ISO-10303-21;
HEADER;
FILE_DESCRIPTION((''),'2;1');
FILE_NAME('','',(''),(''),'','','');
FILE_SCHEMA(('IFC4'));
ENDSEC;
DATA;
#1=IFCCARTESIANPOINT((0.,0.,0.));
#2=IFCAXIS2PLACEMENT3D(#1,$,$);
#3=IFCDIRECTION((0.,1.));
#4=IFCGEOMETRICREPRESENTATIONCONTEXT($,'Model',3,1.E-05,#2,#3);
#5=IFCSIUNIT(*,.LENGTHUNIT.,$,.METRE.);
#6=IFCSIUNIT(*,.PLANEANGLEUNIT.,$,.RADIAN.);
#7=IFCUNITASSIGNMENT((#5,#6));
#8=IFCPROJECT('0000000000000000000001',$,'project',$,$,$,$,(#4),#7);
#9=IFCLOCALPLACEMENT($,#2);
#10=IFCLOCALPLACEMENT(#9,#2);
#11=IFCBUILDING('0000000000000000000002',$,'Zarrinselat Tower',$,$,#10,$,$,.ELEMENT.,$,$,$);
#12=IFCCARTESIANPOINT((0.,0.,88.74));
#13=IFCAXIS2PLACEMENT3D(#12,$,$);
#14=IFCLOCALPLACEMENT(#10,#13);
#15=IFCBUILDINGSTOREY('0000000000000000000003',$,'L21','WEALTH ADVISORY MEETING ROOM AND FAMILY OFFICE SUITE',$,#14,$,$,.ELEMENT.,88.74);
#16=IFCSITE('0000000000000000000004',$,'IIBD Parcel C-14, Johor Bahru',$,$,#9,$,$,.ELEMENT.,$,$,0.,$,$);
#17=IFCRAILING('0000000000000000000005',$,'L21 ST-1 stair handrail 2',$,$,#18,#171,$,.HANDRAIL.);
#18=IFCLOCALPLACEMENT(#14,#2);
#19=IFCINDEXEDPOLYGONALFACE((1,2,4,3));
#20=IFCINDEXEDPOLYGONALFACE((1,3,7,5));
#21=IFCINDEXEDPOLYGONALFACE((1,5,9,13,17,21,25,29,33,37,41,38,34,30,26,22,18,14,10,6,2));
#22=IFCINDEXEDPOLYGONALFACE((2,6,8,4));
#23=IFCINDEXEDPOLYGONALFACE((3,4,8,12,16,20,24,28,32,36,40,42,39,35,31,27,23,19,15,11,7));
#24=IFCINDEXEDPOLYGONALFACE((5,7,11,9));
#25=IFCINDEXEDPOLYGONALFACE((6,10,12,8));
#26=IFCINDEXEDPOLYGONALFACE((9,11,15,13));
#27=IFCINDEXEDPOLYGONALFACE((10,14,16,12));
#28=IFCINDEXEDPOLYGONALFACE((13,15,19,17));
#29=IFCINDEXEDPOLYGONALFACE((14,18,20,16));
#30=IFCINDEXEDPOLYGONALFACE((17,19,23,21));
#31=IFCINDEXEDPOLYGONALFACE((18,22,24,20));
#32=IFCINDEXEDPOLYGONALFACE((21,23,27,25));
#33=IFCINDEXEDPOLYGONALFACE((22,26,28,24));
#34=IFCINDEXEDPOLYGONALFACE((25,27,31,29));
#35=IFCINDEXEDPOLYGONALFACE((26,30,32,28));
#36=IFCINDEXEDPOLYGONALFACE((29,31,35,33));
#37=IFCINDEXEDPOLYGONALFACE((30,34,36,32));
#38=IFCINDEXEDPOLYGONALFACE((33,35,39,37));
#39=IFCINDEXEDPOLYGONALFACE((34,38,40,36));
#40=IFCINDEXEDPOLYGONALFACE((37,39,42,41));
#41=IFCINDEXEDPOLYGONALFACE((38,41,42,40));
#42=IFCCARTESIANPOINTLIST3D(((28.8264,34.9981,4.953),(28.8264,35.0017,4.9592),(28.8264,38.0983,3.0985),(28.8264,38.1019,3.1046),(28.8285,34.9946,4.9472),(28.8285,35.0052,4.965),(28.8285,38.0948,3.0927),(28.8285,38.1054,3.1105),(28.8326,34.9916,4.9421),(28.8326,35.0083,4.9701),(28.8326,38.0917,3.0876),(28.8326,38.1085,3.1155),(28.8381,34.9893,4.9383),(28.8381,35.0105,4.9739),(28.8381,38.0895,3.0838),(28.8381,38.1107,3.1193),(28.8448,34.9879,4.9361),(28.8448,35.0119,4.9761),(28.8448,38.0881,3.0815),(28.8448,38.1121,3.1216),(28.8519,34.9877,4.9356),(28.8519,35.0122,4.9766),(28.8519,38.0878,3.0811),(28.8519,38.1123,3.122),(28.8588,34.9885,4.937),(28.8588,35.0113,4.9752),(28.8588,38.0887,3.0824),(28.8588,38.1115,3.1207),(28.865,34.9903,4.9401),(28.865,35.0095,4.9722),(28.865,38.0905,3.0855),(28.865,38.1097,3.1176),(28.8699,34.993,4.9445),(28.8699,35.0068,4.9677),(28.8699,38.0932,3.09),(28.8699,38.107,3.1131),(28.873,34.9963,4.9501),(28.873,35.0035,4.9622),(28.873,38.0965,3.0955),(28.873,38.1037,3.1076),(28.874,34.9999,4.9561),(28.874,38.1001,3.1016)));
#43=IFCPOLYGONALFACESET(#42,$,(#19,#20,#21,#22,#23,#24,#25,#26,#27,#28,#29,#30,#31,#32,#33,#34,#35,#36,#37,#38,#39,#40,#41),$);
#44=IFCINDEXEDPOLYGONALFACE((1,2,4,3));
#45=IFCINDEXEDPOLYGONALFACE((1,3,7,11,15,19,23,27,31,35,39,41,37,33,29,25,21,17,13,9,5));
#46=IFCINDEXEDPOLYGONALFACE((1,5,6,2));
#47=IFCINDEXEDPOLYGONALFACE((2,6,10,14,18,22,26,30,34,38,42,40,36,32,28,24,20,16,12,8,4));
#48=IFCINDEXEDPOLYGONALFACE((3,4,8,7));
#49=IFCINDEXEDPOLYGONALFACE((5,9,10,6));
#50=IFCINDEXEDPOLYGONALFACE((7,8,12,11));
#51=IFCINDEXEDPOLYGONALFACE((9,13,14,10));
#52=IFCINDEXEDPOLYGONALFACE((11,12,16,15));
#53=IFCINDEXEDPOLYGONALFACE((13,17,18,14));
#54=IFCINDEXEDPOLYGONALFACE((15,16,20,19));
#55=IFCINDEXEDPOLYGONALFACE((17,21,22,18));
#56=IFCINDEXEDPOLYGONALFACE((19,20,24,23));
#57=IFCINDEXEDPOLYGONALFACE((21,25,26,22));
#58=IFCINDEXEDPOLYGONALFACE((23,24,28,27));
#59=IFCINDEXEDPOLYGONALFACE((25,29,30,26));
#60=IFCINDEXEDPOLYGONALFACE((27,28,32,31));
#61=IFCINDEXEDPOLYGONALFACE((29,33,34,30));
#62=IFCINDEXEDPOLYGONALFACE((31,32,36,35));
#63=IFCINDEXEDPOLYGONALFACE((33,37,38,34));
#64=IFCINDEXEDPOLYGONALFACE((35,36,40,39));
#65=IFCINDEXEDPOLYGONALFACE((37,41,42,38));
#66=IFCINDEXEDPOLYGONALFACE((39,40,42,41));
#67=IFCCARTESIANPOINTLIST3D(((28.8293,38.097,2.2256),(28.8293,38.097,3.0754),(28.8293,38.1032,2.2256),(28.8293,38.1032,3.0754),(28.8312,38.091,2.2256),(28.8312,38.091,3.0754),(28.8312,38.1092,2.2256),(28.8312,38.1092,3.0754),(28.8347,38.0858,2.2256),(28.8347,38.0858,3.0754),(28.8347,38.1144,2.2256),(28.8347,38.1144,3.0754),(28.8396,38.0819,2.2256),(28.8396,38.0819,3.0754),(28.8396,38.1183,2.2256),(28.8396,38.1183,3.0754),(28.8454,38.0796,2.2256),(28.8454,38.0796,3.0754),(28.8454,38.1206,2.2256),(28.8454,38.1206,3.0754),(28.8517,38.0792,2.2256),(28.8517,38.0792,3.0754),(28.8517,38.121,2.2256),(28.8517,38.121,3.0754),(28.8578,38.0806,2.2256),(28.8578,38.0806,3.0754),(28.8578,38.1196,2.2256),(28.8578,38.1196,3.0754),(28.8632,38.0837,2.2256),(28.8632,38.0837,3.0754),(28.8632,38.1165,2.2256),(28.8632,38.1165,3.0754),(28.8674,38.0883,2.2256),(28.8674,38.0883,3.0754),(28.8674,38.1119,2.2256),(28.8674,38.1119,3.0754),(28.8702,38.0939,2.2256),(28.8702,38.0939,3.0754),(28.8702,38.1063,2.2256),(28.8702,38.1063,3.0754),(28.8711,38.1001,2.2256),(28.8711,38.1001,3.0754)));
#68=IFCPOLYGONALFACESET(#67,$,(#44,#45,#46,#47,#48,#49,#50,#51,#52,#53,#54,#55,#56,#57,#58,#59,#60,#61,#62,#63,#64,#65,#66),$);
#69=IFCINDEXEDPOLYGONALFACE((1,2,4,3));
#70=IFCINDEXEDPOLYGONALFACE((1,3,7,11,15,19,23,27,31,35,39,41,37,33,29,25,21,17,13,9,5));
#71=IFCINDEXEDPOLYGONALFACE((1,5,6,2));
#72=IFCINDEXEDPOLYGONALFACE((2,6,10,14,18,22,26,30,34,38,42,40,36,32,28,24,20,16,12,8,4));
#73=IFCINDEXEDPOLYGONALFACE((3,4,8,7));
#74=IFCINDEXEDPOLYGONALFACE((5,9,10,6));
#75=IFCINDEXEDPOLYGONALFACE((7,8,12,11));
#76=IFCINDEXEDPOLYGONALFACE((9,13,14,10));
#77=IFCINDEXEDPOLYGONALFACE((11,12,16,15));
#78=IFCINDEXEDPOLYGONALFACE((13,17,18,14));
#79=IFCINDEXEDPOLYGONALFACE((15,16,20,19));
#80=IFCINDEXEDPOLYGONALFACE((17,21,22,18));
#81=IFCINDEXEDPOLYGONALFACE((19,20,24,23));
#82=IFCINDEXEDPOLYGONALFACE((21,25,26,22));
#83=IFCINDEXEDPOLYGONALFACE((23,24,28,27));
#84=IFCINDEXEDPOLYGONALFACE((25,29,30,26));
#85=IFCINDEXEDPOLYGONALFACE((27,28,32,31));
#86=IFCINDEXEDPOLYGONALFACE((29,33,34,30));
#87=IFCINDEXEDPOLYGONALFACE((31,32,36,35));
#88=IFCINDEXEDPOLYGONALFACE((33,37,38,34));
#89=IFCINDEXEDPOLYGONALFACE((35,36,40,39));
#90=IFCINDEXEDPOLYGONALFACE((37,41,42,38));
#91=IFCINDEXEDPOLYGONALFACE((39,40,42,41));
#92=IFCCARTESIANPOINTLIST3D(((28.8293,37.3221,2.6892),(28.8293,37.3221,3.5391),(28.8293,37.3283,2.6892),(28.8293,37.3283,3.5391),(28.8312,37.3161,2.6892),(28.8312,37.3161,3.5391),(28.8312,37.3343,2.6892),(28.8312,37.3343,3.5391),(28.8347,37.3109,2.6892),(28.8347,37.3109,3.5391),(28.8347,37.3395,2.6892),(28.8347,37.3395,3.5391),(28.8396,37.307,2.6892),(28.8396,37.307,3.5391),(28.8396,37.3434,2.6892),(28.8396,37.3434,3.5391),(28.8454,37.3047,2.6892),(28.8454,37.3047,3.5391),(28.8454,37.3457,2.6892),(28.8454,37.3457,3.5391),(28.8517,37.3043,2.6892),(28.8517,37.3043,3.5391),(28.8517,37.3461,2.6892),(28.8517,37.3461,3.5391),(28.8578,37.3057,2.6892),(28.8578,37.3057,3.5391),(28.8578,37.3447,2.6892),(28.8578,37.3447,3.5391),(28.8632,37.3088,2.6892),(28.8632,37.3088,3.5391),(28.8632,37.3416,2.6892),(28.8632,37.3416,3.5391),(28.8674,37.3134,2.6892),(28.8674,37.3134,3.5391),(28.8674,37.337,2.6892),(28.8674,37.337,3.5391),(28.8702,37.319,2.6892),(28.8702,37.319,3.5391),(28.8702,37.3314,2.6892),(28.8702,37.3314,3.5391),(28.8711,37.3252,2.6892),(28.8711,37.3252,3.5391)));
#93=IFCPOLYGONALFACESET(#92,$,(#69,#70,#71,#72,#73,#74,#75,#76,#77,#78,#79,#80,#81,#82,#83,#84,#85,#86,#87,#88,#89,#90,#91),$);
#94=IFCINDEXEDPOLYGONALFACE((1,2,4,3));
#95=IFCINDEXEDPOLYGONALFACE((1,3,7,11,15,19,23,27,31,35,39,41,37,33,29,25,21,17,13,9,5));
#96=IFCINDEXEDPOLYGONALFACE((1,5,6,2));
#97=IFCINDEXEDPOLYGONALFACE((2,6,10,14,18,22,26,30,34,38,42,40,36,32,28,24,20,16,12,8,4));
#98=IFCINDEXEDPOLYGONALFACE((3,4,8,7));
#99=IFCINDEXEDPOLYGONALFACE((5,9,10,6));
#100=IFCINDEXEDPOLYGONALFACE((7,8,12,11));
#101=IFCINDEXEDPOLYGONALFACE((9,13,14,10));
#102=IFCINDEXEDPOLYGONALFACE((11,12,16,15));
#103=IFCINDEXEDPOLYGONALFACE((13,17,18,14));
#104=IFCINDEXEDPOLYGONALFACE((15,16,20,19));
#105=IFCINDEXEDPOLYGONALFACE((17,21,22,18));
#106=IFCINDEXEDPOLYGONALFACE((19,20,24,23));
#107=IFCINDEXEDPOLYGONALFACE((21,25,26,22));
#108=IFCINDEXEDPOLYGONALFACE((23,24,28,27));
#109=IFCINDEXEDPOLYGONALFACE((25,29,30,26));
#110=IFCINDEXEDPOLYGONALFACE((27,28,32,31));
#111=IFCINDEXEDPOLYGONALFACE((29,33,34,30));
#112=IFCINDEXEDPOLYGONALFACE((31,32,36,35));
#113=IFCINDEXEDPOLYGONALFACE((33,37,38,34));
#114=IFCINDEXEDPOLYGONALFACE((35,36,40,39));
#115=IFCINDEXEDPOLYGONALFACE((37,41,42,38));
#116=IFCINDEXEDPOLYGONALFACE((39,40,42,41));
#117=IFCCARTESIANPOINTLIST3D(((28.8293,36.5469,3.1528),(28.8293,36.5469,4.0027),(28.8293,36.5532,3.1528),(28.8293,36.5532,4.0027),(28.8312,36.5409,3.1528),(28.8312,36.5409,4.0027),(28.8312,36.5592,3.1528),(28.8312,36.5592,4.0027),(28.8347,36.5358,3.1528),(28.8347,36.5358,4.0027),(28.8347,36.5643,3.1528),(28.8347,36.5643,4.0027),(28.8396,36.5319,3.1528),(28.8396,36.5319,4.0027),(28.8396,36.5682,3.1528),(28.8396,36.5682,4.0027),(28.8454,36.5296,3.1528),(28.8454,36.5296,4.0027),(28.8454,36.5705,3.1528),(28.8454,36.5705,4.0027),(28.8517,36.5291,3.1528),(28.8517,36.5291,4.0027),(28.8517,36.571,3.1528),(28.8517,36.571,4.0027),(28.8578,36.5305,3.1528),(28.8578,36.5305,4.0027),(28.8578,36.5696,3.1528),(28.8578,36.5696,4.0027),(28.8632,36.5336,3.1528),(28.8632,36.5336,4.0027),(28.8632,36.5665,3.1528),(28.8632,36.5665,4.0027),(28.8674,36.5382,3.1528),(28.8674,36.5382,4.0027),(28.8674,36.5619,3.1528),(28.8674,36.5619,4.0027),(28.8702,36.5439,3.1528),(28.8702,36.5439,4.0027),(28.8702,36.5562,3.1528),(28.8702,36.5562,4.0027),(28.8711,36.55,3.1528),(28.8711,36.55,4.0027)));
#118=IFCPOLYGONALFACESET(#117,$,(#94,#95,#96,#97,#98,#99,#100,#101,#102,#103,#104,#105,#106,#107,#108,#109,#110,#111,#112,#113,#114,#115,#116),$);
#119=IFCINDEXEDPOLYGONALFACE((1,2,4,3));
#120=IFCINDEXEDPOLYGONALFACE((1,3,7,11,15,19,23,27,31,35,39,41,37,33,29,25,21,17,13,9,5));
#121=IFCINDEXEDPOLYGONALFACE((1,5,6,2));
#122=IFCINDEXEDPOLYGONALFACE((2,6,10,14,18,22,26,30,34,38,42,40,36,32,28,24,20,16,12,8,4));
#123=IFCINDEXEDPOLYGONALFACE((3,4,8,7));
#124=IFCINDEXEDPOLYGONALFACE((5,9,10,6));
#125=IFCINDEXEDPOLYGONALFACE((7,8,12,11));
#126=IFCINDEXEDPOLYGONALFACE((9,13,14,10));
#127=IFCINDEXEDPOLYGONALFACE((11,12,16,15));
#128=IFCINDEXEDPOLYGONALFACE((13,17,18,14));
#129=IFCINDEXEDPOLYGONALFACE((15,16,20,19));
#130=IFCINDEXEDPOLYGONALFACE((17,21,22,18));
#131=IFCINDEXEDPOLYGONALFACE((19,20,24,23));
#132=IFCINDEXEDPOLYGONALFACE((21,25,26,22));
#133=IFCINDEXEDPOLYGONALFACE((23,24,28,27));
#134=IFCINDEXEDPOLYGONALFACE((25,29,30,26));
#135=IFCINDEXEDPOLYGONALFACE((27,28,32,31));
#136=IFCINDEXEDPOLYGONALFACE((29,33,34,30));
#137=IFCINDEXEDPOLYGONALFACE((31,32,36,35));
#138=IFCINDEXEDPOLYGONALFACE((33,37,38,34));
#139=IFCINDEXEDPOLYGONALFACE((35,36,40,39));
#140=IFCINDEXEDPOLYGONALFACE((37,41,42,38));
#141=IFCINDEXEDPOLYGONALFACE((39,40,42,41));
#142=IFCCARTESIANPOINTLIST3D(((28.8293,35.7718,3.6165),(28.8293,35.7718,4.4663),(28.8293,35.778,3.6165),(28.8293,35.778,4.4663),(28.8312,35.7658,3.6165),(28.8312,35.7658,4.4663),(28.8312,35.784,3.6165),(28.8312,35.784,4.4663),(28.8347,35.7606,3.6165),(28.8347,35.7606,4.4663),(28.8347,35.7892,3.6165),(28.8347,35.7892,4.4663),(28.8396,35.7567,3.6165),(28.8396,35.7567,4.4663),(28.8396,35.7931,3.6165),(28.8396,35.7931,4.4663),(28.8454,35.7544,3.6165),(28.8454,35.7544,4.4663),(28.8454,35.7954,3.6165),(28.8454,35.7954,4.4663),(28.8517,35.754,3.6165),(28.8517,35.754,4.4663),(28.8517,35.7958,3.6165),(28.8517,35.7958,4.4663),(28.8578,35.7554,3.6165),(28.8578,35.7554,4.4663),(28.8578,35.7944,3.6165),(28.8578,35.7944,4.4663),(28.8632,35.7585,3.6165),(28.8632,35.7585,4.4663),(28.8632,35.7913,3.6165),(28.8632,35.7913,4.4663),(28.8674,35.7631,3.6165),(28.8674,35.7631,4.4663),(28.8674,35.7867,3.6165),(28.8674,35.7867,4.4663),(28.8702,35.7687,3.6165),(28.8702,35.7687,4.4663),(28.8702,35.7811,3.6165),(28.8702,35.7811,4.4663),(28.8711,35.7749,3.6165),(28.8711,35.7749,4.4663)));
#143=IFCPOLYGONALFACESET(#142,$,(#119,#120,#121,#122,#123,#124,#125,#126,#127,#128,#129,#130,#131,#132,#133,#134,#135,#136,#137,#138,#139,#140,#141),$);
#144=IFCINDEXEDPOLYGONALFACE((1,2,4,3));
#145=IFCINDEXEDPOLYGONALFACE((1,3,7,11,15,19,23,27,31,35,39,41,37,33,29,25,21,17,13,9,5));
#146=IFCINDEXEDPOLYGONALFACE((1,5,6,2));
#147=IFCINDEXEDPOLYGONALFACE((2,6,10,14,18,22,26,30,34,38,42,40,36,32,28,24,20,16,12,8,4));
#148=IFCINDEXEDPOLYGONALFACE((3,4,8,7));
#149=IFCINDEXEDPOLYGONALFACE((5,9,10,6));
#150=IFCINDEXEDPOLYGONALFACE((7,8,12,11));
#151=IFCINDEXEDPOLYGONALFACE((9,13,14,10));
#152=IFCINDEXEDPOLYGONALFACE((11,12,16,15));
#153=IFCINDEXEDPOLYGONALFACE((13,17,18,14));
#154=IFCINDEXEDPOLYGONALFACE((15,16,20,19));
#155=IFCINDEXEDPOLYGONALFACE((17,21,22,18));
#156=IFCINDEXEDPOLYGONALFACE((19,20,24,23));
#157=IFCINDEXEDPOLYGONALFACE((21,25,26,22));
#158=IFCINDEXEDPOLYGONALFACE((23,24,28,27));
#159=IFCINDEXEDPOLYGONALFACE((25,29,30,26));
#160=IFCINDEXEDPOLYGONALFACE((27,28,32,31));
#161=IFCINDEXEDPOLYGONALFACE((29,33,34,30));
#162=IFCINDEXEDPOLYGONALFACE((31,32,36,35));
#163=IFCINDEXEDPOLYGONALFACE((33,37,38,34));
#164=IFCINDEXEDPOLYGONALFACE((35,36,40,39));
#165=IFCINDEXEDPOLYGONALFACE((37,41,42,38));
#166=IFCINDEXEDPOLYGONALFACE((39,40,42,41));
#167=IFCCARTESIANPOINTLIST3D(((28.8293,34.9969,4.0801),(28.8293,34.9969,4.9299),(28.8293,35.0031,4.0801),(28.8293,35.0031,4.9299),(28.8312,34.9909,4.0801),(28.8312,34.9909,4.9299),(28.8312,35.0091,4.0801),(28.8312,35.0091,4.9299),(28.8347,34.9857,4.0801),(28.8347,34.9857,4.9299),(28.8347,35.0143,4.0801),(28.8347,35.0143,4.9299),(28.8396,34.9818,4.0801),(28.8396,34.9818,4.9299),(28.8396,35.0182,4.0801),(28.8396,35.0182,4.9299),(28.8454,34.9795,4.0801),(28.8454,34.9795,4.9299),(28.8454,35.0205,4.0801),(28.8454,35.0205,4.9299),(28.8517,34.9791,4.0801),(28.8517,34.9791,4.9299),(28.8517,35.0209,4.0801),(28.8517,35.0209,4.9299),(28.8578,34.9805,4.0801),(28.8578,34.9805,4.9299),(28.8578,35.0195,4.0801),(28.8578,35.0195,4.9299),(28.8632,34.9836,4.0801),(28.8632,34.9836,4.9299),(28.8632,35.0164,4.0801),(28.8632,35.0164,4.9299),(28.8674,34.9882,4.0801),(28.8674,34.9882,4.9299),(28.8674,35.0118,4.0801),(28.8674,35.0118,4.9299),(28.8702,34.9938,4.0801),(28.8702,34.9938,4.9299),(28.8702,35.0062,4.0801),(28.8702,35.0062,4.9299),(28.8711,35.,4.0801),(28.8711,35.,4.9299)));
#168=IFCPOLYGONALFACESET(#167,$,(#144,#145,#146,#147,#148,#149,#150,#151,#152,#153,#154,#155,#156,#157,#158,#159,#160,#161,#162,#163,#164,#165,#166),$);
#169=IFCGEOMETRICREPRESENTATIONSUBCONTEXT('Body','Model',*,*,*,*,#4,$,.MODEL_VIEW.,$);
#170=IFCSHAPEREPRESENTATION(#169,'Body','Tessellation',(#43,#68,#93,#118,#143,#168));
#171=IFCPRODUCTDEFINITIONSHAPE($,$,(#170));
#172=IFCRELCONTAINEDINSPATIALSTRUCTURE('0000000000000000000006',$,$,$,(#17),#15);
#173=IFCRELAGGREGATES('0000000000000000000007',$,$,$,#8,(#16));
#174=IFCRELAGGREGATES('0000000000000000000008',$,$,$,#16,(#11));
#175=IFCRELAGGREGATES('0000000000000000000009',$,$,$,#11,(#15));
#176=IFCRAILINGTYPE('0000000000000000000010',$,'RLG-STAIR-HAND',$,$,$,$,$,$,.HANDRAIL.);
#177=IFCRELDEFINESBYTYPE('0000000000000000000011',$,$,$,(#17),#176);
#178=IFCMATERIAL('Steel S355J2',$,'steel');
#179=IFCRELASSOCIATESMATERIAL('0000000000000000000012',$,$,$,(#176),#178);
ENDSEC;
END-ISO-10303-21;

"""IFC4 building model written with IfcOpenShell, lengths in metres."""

from ifc_helpers import new_model, si_unit, direction, frame, origin, origin_2d, place, context, subcontext, project, spatial, circle, extrude, material, type_object, element, save


model = new_model("IFC4")

# Units and contexts
model_context = context("Model", 3, precision=1e-05, world=origin(), true_north=direction((0.0, 1.0)))
body_context = subcontext(model_context, "Body", "Model", "MODEL_VIEW")
ifc_project = project(units=[si_unit("LENGTHUNIT", "METRE"), si_unit("PLANEANGLEUNIT", "RADIAN")], contexts=[model_context])

# Site, building, storey
site_placement = place(None, origin())
site = spatial("IfcSite", under=ifc_project, at=site_placement, Name="IIBD Parcel C-14, Johor Bahru", CompositionType="ELEMENT", RefElevation=0.0)
building_placement = place(site_placement, origin())
building = spatial("IfcBuilding", under=site, at=building_placement, Name="Zarrinselat Tower", CompositionType="ELEMENT")
storey_placement = place(building_placement, frame((0.0, 0.0, 88.74)))
storey = spatial("IfcBuildingStorey", under=building, at=storey_placement, Name="L21", Description="WEALTH ADVISORY MEETING ROOM AND FAMILY OFFICE SUITE", CompositionType="ELEMENT", Elevation=88.74)

# Railing
ifc_material_1 = material(Name="Steel S355J2", Category="steel")
railing_type_1 = type_object("IfcRailingType", Name="RLG-STAIR-HAND", PredefinedType="HANDRAIL", material=ifc_material_1)
railing_1_placement = place(storey_placement, frame((28.8501, 38.1001, 2.2256)))
element("IfcRailing", 1, at=railing_1_placement, inside=storey, type_object=railing_type_1, Name="L21 ST-1 stair handrail 2", PredefinedType="HANDRAIL", context=body_context, shape_type="SweptSolid", body=[
    extrude(circle(Radius=0.0239, at=origin_2d()), frame((0.0, 0.0, 0.876), z_axis=(0.0, -0.858172, 0.513362), x_axis=(1.0, 0.0, 0.0)), (0.0, 0.0, 1.0), 3.6125),
    extrude(circle(Radius=0.021, at=origin_2d()), origin(), (0.0, 0.0, 1.0), 0.8499),
    extrude(circle(Radius=0.021, at=origin_2d()), frame((0.0, -0.7749, 0.4636)), (0.0, 0.0, 1.0), 0.8499),
    extrude(circle(Radius=0.021, at=origin_2d()), frame((0.0, -1.55, 0.9272)), (0.0, 0.0, 1.0), 0.8499),
    extrude(circle(Radius=0.021, at=origin_2d()), frame((0.0, -2.3252, 1.3909)), (0.0, 0.0, 1.0), 0.8499),
    extrude(circle(Radius=0.021, at=origin_2d()), frame((0.0, -3.1001, 1.8545)), (0.0, 0.0, 1.0), 0.8499),
])

save(model, "model.ifc")
